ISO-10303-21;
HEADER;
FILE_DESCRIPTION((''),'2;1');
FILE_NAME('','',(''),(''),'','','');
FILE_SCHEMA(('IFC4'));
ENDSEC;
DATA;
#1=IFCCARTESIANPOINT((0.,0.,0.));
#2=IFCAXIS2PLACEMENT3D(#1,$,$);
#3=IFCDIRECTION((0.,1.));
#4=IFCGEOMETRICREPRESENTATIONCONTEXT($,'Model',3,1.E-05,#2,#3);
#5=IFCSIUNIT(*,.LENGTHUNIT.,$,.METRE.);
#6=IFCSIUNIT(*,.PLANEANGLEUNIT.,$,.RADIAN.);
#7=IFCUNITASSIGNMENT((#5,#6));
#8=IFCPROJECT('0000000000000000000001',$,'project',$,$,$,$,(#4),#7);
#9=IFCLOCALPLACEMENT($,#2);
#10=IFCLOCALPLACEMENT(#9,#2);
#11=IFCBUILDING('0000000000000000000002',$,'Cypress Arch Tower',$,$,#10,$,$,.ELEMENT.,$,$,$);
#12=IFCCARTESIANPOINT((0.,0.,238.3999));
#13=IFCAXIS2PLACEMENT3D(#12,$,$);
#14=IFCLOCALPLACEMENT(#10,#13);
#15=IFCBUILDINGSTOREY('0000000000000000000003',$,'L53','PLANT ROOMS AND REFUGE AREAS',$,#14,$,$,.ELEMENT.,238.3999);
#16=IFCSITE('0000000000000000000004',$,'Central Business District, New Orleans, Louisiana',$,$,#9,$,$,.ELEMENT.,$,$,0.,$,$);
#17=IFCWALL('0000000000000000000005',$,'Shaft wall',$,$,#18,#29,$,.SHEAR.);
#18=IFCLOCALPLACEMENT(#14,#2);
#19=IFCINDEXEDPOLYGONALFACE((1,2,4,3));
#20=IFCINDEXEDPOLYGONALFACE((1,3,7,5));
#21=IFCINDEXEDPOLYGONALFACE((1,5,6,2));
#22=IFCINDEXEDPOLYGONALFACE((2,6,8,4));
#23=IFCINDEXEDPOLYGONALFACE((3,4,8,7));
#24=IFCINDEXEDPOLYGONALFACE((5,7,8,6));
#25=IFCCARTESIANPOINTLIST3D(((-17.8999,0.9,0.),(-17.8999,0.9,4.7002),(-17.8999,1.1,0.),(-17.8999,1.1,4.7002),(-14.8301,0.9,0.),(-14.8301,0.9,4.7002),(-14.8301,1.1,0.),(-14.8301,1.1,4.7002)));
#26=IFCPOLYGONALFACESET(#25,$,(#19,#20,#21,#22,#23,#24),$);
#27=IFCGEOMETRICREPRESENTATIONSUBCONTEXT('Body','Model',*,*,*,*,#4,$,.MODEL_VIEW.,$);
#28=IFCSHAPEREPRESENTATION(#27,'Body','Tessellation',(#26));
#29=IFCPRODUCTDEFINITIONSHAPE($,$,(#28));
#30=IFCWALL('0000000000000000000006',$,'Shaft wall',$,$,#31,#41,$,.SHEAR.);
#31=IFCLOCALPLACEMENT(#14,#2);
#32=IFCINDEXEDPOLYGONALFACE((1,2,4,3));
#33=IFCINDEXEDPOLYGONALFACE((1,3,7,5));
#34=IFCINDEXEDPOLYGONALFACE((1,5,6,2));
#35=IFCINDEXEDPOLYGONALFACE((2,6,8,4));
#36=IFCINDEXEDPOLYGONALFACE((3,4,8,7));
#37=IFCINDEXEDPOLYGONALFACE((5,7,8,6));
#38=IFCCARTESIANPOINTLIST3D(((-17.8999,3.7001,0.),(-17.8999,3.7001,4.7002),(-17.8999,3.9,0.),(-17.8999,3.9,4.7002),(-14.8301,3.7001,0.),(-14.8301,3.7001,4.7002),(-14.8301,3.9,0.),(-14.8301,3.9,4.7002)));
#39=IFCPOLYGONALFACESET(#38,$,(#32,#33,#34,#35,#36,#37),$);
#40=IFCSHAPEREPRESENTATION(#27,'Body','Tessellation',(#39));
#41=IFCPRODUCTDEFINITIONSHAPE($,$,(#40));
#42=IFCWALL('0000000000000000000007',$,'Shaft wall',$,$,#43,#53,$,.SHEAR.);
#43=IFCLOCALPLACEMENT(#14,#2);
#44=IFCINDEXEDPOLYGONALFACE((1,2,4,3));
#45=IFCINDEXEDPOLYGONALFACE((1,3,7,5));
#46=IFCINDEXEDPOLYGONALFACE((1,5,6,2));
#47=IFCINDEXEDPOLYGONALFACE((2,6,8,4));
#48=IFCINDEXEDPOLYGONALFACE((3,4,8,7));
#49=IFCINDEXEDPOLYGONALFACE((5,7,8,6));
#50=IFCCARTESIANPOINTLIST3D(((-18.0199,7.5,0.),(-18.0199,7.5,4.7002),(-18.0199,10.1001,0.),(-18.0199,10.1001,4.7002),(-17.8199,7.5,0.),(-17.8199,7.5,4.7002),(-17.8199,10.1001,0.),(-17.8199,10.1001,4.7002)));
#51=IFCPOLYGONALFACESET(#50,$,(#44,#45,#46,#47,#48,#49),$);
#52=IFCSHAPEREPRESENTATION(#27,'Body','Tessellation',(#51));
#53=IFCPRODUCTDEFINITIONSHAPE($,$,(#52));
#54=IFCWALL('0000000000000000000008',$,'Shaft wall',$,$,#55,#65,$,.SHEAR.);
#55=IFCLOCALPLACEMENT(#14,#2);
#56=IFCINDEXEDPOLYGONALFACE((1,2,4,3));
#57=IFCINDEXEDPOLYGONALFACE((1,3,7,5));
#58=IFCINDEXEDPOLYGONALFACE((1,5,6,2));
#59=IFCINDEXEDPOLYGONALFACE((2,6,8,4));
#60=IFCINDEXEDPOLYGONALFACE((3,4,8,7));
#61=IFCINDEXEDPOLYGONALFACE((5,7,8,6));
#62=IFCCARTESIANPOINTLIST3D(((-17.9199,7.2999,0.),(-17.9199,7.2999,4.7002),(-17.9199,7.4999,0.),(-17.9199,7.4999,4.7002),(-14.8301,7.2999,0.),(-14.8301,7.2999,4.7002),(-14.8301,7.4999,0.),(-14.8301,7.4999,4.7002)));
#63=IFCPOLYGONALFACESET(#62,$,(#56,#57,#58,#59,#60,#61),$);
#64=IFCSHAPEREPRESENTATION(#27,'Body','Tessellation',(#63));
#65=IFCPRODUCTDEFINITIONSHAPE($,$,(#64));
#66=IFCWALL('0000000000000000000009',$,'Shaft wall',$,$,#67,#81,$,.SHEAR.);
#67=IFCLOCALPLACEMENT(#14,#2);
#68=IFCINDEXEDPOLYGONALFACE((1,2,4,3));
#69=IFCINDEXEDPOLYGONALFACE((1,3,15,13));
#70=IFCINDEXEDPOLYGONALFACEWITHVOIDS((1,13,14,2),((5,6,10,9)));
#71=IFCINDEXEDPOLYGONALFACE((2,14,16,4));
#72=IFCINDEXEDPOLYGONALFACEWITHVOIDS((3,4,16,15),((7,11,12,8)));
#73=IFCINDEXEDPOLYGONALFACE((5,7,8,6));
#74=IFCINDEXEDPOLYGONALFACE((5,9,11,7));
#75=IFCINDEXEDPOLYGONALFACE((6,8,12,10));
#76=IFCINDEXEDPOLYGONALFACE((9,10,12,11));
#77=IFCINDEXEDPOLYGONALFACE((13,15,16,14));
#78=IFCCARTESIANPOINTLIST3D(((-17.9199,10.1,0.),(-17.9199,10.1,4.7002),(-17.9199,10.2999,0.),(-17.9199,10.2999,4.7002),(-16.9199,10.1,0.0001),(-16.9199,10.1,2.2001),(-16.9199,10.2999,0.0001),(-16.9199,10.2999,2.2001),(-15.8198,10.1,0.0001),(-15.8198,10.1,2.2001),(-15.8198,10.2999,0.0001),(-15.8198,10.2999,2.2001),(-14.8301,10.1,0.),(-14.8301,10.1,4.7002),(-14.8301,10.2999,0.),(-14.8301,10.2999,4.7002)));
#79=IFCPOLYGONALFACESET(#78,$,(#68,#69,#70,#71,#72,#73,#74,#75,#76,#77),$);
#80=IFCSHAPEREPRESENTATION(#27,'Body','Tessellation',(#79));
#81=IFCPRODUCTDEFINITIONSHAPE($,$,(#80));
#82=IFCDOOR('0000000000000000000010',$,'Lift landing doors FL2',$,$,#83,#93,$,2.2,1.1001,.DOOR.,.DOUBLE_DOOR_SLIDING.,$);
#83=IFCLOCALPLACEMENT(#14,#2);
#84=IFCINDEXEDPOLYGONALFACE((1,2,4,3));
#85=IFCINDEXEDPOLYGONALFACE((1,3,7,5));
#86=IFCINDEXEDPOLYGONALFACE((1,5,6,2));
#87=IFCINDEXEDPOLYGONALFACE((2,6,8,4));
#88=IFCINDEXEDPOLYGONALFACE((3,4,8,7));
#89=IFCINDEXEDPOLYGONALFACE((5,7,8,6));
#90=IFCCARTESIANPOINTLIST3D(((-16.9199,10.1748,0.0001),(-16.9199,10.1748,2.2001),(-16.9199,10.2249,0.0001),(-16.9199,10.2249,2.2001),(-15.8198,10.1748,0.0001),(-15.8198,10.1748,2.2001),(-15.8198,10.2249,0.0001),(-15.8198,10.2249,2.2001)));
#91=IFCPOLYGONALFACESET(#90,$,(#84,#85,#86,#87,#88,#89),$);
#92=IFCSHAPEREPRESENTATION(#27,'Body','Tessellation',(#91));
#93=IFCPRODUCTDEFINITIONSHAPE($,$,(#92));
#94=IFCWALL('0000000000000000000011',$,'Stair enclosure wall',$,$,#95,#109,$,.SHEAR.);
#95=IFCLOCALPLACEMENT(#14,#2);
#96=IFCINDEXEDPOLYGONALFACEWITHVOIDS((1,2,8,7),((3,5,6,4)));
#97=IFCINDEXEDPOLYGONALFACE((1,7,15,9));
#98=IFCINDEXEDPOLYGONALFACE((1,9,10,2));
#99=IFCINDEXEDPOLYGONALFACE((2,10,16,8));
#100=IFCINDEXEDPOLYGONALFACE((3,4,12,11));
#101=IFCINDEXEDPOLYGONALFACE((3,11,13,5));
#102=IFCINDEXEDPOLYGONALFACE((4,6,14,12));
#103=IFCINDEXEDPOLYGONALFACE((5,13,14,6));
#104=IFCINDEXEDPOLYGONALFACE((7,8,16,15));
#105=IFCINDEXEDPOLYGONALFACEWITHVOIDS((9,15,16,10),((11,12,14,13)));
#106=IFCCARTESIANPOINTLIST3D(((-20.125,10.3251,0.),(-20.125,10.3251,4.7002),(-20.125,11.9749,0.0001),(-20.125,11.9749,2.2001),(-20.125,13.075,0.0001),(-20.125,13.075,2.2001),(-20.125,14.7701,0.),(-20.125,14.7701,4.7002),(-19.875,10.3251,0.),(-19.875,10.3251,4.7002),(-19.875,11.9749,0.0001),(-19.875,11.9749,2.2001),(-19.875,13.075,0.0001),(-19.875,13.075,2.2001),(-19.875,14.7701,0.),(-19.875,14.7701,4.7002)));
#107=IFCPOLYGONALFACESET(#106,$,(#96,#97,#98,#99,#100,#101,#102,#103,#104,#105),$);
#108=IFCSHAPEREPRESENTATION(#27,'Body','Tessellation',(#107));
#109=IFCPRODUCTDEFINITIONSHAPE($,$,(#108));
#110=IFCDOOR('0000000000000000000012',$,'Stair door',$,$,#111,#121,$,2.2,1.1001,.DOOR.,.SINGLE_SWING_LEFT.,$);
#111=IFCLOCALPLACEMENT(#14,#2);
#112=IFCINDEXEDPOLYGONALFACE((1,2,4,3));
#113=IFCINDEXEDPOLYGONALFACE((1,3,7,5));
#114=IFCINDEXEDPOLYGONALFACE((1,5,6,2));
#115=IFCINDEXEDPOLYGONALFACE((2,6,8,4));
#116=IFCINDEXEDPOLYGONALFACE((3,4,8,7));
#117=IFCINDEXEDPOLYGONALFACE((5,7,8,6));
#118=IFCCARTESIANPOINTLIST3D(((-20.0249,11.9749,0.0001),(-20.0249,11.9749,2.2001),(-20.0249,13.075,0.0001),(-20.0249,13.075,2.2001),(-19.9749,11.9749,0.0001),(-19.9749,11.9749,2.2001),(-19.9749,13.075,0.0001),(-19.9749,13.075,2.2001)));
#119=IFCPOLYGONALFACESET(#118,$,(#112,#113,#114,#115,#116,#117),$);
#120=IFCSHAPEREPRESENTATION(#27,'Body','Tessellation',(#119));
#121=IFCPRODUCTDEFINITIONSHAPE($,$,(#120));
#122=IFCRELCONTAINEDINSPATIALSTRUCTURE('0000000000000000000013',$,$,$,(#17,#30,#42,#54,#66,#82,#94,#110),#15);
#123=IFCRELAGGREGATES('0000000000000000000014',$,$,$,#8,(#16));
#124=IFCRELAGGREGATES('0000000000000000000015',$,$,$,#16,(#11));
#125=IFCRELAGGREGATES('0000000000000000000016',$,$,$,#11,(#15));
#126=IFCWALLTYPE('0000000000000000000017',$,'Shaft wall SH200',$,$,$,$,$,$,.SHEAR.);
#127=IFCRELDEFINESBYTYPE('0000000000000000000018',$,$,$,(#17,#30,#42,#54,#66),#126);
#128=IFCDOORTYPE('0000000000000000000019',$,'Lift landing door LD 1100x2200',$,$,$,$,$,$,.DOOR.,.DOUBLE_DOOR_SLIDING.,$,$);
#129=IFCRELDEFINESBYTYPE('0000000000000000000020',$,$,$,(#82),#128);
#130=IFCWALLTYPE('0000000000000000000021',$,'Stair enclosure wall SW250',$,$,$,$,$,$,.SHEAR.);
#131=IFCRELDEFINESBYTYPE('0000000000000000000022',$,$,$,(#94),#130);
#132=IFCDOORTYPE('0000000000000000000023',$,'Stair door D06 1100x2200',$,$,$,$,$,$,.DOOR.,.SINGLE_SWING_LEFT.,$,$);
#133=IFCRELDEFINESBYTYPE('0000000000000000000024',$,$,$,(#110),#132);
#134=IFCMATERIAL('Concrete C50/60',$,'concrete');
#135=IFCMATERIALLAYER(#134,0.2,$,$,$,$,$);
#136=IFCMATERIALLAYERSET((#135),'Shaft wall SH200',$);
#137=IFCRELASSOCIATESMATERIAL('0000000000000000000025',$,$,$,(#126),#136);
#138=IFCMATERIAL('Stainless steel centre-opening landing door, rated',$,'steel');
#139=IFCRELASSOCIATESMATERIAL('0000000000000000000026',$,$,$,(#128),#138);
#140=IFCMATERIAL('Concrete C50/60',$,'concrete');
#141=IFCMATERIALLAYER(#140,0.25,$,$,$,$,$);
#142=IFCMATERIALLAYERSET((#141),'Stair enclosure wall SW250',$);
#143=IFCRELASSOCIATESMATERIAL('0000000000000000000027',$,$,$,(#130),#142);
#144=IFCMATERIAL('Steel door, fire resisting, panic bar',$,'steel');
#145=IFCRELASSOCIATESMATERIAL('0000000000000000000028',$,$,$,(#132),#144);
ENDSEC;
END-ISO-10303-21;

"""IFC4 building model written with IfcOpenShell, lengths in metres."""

from ifc_helpers import new_model, si_unit, direction, frame, frame_2d, origin, place, context, subcontext, project, spatial, rectangle, extrude, material, layer, layer_set, type_object, element, fill, save


model = new_model("IFC4")

# Units and contexts
model_context = context("Model", 3, precision=1e-05, world=origin(), true_north=direction((0.0, 1.0)))
body_context = subcontext(model_context, "Body", "Model", "MODEL_VIEW")
ifc_project = project(units=[si_unit("LENGTHUNIT", "METRE"), si_unit("PLANEANGLEUNIT", "RADIAN")], contexts=[model_context])

# Site, building, storey
site_placement = place(None, origin())
site = spatial("IfcSite", under=ifc_project, at=site_placement, Name="Central Business District, New Orleans, Louisiana", CompositionType="ELEMENT", RefElevation=0.0)
building_placement = place(site_placement, origin())
building = spatial("IfcBuilding", under=site, at=building_placement, Name="Cypress Arch Tower", CompositionType="ELEMENT")
storey_placement = place(building_placement, frame((0.0, 0.0, 238.3999)))
storey = spatial("IfcBuildingStorey", under=building, at=storey_placement, Name="L53", Description="PLANT ROOMS AND REFUGE AREAS", CompositionType="ELEMENT", Elevation=238.3999)

# Walls
ifc_material_1 = material(Name="Concrete C50/60", Category="concrete")
ifc_layer_1 = layer(ifc_material_1, 0.2)
ifc_layer_set_1 = layer_set([ifc_layer_1], Name="Shaft wall SH200")
wall_type_1 = type_object("IfcWallType", Name="Shaft wall SH200", PredefinedType="SHEAR", material=ifc_layer_set_1)
for number, where, z_axis, x_axis, name in (
    (1, (-17.8999, 1.0, 0.0), (0.0, 0.0, 1.0), (1.0, 0.0, 0.0), "Shaft wall"),
    (2, (-17.8999, 3.8, 0.0), (0.0, 0.0, 1.0), (1.0, 0.0, 0.0), "Shaft wall"),
):
    element("IfcWall", number, at=place(storey_placement, frame(where, z_axis=z_axis, x_axis=x_axis)), inside=storey, type_object=wall_type_1, Name=name, PredefinedType="SHEAR", context=body_context, shape_type="SweptSolid", body=[
        extrude(rectangle(XDim=3.0698, YDim=0.2, at=frame_2d((1.5349, 0.0))), origin(), (0.0, 0.0, 1.0), 4.7002),
    ])
wall_1_placement = place(storey_placement, frame((-17.9199, 7.5, 0.0), z_axis=(0.0, 0.0, 1.0), x_axis=(0.0, 1.0, 0.0)))
element("IfcWall", 3, at=wall_1_placement, inside=storey, type_object=wall_type_1, Name="Shaft wall", PredefinedType="SHEAR", context=body_context, shape_type="SweptSolid", body=[
    extrude(rectangle(XDim=2.6001, YDim=0.2, at=frame_2d((1.3, 0.0))), origin(), (0.0, 0.0, 1.0), 4.7002),
])
wall_2_placement = place(storey_placement, frame((-17.9199, 7.3999, 0.0), z_axis=(0.0, 0.0, 1.0), x_axis=(1.0, 0.0, 0.0)))
element("IfcWall", 4, at=wall_2_placement, inside=storey, type_object=wall_type_1, Name="Shaft wall", PredefinedType="SHEAR", context=body_context, shape_type="SweptSolid", body=[
    extrude(rectangle(XDim=3.0898, YDim=0.2, at=frame_2d((1.5449, 0.0))), origin(), (0.0, 0.0, 1.0), 4.7002),
])

# Walls, openings, doors
wall_3_placement = place(storey_placement, frame((-17.9199, 10.2, 0.0), z_axis=(0.0, 0.0, 1.0), x_axis=(1.0, 0.0, 0.0)))
wall_3 = element("IfcWall", 5, at=wall_3_placement, inside=storey, type_object=wall_type_1, Name="Shaft wall", PredefinedType="SHEAR", context=body_context, shape_type="SweptSolid", body=[
    extrude(rectangle(XDim=3.0898, YDim=0.2, at=frame_2d((1.5449, 0.0))), origin(), (0.0, 0.0, 1.0), 4.7002),
])
opening_1_placement = place(wall_3_placement, frame((1.0, 0.0, 0.0)))
opening_1 = element("IfcOpeningElement", 6, at=opening_1_placement, cuts=wall_3, PredefinedType="OPENING", context=body_context, shape_type="SweptSolid", body=[
    extrude(rectangle(XDim=1.1001, YDim=2.2, at=frame_2d((0.55, 1.1001))), frame((0.0, 0.1099, 0.0), z_axis=(0.0, -1.0, 0.0), x_axis=(1.0, 0.0, 0.0)), (0.0, 0.0, 1.0), 0.22),
])
ifc_material_2 = material(Name="Stainless steel centre-opening landing door, rated", Category="steel")
door_type_1 = type_object("IfcDoorType", Name="Lift landing door LD 1100x2200", OperationType="DOUBLE_DOOR_SLIDING", PredefinedType="DOOR", material=ifc_material_2)
door_1_placement = place(opening_1_placement, origin())
door_1 = element("IfcDoor", 7, at=door_1_placement, inside=storey, type_object=door_type_1, Name="Lift landing doors FL2", OperationType="DOUBLE_DOOR_SLIDING", OverallHeight=2.2, OverallWidth=1.1001, PredefinedType="DOOR", context=body_context, shape_type="SweptSolid", body=[
    extrude(rectangle(XDim=1.1001, YDim=2.2, at=frame_2d((0.55, 1.1001))), frame((0.0, 0.0249, 0.0), z_axis=(0.0, -1.0, 0.0), x_axis=(1.0, 0.0, 0.0)), (0.0, 0.0, 1.0), 0.05),
])
fill(opening_1, door_1)
ifc_material_3 = material(Name="Concrete C50/60", Category="concrete")
ifc_layer_2 = layer(ifc_material_3, 0.25)
ifc_layer_set_2 = layer_set([ifc_layer_2], Name="Stair enclosure wall SW250")
wall_type_2 = type_object("IfcWallType", Name="Stair enclosure wall SW250", PredefinedType="SHEAR", material=ifc_layer_set_2)
wall_4_placement = place(storey_placement, frame((-20.0, 10.325, 0.0), z_axis=(0.0, 0.0, 1.0), x_axis=(0.0, 1.0, 0.0)))
wall_4 = element("IfcWall", 8, at=wall_4_placement, inside=storey, type_object=wall_type_2, Name="Stair enclosure wall", PredefinedType="SHEAR", context=body_context, shape_type="SweptSolid", body=[
    extrude(rectangle(XDim=4.4451, YDim=0.25, at=frame_2d((2.2227, 0.0))), origin(), (0.0, 0.0, 1.0), 4.7002),
])
opening_2_placement = place(wall_4_placement, frame((1.6499, 0.0, 0.0)))
opening_2 = element("IfcOpeningElement", 9, at=opening_2_placement, cuts=wall_4, PredefinedType="OPENING", context=body_context, shape_type="SweptSolid", body=[
    extrude(rectangle(XDim=1.1001, YDim=2.2, at=frame_2d((0.55, 1.1001))), frame((0.0, 0.135, 0.0), z_axis=(0.0, -1.0, 0.0), x_axis=(1.0, 0.0, 0.0)), (0.0, 0.0, 1.0), 0.27),
])
ifc_material_4 = material(Name="Steel door, fire resisting, panic bar", Category="steel")
door_type_2 = type_object("IfcDoorType", Name="Stair door D06 1100x2200", OperationType="SINGLE_SWING_LEFT", PredefinedType="DOOR", material=ifc_material_4)
door_2_placement = place(opening_2_placement, origin())
door_2 = element("IfcDoor", 10, at=door_2_placement, inside=storey, type_object=door_type_2, Name="Stair door", OperationType="SINGLE_SWING_LEFT", OverallHeight=2.2, OverallWidth=1.1001, PredefinedType="DOOR", context=body_context, shape_type="SweptSolid", body=[
    extrude(rectangle(XDim=1.1001, YDim=2.2, at=frame_2d((0.55, 1.1001))), frame((0.0, 0.0249, 0.0), z_axis=(0.0, -1.0, 0.0), x_axis=(1.0, 0.0, 0.0)), (0.0, 0.0, 1.0), 0.05),
])
fill(opening_2, door_2)

save(model, "model.ifc")
